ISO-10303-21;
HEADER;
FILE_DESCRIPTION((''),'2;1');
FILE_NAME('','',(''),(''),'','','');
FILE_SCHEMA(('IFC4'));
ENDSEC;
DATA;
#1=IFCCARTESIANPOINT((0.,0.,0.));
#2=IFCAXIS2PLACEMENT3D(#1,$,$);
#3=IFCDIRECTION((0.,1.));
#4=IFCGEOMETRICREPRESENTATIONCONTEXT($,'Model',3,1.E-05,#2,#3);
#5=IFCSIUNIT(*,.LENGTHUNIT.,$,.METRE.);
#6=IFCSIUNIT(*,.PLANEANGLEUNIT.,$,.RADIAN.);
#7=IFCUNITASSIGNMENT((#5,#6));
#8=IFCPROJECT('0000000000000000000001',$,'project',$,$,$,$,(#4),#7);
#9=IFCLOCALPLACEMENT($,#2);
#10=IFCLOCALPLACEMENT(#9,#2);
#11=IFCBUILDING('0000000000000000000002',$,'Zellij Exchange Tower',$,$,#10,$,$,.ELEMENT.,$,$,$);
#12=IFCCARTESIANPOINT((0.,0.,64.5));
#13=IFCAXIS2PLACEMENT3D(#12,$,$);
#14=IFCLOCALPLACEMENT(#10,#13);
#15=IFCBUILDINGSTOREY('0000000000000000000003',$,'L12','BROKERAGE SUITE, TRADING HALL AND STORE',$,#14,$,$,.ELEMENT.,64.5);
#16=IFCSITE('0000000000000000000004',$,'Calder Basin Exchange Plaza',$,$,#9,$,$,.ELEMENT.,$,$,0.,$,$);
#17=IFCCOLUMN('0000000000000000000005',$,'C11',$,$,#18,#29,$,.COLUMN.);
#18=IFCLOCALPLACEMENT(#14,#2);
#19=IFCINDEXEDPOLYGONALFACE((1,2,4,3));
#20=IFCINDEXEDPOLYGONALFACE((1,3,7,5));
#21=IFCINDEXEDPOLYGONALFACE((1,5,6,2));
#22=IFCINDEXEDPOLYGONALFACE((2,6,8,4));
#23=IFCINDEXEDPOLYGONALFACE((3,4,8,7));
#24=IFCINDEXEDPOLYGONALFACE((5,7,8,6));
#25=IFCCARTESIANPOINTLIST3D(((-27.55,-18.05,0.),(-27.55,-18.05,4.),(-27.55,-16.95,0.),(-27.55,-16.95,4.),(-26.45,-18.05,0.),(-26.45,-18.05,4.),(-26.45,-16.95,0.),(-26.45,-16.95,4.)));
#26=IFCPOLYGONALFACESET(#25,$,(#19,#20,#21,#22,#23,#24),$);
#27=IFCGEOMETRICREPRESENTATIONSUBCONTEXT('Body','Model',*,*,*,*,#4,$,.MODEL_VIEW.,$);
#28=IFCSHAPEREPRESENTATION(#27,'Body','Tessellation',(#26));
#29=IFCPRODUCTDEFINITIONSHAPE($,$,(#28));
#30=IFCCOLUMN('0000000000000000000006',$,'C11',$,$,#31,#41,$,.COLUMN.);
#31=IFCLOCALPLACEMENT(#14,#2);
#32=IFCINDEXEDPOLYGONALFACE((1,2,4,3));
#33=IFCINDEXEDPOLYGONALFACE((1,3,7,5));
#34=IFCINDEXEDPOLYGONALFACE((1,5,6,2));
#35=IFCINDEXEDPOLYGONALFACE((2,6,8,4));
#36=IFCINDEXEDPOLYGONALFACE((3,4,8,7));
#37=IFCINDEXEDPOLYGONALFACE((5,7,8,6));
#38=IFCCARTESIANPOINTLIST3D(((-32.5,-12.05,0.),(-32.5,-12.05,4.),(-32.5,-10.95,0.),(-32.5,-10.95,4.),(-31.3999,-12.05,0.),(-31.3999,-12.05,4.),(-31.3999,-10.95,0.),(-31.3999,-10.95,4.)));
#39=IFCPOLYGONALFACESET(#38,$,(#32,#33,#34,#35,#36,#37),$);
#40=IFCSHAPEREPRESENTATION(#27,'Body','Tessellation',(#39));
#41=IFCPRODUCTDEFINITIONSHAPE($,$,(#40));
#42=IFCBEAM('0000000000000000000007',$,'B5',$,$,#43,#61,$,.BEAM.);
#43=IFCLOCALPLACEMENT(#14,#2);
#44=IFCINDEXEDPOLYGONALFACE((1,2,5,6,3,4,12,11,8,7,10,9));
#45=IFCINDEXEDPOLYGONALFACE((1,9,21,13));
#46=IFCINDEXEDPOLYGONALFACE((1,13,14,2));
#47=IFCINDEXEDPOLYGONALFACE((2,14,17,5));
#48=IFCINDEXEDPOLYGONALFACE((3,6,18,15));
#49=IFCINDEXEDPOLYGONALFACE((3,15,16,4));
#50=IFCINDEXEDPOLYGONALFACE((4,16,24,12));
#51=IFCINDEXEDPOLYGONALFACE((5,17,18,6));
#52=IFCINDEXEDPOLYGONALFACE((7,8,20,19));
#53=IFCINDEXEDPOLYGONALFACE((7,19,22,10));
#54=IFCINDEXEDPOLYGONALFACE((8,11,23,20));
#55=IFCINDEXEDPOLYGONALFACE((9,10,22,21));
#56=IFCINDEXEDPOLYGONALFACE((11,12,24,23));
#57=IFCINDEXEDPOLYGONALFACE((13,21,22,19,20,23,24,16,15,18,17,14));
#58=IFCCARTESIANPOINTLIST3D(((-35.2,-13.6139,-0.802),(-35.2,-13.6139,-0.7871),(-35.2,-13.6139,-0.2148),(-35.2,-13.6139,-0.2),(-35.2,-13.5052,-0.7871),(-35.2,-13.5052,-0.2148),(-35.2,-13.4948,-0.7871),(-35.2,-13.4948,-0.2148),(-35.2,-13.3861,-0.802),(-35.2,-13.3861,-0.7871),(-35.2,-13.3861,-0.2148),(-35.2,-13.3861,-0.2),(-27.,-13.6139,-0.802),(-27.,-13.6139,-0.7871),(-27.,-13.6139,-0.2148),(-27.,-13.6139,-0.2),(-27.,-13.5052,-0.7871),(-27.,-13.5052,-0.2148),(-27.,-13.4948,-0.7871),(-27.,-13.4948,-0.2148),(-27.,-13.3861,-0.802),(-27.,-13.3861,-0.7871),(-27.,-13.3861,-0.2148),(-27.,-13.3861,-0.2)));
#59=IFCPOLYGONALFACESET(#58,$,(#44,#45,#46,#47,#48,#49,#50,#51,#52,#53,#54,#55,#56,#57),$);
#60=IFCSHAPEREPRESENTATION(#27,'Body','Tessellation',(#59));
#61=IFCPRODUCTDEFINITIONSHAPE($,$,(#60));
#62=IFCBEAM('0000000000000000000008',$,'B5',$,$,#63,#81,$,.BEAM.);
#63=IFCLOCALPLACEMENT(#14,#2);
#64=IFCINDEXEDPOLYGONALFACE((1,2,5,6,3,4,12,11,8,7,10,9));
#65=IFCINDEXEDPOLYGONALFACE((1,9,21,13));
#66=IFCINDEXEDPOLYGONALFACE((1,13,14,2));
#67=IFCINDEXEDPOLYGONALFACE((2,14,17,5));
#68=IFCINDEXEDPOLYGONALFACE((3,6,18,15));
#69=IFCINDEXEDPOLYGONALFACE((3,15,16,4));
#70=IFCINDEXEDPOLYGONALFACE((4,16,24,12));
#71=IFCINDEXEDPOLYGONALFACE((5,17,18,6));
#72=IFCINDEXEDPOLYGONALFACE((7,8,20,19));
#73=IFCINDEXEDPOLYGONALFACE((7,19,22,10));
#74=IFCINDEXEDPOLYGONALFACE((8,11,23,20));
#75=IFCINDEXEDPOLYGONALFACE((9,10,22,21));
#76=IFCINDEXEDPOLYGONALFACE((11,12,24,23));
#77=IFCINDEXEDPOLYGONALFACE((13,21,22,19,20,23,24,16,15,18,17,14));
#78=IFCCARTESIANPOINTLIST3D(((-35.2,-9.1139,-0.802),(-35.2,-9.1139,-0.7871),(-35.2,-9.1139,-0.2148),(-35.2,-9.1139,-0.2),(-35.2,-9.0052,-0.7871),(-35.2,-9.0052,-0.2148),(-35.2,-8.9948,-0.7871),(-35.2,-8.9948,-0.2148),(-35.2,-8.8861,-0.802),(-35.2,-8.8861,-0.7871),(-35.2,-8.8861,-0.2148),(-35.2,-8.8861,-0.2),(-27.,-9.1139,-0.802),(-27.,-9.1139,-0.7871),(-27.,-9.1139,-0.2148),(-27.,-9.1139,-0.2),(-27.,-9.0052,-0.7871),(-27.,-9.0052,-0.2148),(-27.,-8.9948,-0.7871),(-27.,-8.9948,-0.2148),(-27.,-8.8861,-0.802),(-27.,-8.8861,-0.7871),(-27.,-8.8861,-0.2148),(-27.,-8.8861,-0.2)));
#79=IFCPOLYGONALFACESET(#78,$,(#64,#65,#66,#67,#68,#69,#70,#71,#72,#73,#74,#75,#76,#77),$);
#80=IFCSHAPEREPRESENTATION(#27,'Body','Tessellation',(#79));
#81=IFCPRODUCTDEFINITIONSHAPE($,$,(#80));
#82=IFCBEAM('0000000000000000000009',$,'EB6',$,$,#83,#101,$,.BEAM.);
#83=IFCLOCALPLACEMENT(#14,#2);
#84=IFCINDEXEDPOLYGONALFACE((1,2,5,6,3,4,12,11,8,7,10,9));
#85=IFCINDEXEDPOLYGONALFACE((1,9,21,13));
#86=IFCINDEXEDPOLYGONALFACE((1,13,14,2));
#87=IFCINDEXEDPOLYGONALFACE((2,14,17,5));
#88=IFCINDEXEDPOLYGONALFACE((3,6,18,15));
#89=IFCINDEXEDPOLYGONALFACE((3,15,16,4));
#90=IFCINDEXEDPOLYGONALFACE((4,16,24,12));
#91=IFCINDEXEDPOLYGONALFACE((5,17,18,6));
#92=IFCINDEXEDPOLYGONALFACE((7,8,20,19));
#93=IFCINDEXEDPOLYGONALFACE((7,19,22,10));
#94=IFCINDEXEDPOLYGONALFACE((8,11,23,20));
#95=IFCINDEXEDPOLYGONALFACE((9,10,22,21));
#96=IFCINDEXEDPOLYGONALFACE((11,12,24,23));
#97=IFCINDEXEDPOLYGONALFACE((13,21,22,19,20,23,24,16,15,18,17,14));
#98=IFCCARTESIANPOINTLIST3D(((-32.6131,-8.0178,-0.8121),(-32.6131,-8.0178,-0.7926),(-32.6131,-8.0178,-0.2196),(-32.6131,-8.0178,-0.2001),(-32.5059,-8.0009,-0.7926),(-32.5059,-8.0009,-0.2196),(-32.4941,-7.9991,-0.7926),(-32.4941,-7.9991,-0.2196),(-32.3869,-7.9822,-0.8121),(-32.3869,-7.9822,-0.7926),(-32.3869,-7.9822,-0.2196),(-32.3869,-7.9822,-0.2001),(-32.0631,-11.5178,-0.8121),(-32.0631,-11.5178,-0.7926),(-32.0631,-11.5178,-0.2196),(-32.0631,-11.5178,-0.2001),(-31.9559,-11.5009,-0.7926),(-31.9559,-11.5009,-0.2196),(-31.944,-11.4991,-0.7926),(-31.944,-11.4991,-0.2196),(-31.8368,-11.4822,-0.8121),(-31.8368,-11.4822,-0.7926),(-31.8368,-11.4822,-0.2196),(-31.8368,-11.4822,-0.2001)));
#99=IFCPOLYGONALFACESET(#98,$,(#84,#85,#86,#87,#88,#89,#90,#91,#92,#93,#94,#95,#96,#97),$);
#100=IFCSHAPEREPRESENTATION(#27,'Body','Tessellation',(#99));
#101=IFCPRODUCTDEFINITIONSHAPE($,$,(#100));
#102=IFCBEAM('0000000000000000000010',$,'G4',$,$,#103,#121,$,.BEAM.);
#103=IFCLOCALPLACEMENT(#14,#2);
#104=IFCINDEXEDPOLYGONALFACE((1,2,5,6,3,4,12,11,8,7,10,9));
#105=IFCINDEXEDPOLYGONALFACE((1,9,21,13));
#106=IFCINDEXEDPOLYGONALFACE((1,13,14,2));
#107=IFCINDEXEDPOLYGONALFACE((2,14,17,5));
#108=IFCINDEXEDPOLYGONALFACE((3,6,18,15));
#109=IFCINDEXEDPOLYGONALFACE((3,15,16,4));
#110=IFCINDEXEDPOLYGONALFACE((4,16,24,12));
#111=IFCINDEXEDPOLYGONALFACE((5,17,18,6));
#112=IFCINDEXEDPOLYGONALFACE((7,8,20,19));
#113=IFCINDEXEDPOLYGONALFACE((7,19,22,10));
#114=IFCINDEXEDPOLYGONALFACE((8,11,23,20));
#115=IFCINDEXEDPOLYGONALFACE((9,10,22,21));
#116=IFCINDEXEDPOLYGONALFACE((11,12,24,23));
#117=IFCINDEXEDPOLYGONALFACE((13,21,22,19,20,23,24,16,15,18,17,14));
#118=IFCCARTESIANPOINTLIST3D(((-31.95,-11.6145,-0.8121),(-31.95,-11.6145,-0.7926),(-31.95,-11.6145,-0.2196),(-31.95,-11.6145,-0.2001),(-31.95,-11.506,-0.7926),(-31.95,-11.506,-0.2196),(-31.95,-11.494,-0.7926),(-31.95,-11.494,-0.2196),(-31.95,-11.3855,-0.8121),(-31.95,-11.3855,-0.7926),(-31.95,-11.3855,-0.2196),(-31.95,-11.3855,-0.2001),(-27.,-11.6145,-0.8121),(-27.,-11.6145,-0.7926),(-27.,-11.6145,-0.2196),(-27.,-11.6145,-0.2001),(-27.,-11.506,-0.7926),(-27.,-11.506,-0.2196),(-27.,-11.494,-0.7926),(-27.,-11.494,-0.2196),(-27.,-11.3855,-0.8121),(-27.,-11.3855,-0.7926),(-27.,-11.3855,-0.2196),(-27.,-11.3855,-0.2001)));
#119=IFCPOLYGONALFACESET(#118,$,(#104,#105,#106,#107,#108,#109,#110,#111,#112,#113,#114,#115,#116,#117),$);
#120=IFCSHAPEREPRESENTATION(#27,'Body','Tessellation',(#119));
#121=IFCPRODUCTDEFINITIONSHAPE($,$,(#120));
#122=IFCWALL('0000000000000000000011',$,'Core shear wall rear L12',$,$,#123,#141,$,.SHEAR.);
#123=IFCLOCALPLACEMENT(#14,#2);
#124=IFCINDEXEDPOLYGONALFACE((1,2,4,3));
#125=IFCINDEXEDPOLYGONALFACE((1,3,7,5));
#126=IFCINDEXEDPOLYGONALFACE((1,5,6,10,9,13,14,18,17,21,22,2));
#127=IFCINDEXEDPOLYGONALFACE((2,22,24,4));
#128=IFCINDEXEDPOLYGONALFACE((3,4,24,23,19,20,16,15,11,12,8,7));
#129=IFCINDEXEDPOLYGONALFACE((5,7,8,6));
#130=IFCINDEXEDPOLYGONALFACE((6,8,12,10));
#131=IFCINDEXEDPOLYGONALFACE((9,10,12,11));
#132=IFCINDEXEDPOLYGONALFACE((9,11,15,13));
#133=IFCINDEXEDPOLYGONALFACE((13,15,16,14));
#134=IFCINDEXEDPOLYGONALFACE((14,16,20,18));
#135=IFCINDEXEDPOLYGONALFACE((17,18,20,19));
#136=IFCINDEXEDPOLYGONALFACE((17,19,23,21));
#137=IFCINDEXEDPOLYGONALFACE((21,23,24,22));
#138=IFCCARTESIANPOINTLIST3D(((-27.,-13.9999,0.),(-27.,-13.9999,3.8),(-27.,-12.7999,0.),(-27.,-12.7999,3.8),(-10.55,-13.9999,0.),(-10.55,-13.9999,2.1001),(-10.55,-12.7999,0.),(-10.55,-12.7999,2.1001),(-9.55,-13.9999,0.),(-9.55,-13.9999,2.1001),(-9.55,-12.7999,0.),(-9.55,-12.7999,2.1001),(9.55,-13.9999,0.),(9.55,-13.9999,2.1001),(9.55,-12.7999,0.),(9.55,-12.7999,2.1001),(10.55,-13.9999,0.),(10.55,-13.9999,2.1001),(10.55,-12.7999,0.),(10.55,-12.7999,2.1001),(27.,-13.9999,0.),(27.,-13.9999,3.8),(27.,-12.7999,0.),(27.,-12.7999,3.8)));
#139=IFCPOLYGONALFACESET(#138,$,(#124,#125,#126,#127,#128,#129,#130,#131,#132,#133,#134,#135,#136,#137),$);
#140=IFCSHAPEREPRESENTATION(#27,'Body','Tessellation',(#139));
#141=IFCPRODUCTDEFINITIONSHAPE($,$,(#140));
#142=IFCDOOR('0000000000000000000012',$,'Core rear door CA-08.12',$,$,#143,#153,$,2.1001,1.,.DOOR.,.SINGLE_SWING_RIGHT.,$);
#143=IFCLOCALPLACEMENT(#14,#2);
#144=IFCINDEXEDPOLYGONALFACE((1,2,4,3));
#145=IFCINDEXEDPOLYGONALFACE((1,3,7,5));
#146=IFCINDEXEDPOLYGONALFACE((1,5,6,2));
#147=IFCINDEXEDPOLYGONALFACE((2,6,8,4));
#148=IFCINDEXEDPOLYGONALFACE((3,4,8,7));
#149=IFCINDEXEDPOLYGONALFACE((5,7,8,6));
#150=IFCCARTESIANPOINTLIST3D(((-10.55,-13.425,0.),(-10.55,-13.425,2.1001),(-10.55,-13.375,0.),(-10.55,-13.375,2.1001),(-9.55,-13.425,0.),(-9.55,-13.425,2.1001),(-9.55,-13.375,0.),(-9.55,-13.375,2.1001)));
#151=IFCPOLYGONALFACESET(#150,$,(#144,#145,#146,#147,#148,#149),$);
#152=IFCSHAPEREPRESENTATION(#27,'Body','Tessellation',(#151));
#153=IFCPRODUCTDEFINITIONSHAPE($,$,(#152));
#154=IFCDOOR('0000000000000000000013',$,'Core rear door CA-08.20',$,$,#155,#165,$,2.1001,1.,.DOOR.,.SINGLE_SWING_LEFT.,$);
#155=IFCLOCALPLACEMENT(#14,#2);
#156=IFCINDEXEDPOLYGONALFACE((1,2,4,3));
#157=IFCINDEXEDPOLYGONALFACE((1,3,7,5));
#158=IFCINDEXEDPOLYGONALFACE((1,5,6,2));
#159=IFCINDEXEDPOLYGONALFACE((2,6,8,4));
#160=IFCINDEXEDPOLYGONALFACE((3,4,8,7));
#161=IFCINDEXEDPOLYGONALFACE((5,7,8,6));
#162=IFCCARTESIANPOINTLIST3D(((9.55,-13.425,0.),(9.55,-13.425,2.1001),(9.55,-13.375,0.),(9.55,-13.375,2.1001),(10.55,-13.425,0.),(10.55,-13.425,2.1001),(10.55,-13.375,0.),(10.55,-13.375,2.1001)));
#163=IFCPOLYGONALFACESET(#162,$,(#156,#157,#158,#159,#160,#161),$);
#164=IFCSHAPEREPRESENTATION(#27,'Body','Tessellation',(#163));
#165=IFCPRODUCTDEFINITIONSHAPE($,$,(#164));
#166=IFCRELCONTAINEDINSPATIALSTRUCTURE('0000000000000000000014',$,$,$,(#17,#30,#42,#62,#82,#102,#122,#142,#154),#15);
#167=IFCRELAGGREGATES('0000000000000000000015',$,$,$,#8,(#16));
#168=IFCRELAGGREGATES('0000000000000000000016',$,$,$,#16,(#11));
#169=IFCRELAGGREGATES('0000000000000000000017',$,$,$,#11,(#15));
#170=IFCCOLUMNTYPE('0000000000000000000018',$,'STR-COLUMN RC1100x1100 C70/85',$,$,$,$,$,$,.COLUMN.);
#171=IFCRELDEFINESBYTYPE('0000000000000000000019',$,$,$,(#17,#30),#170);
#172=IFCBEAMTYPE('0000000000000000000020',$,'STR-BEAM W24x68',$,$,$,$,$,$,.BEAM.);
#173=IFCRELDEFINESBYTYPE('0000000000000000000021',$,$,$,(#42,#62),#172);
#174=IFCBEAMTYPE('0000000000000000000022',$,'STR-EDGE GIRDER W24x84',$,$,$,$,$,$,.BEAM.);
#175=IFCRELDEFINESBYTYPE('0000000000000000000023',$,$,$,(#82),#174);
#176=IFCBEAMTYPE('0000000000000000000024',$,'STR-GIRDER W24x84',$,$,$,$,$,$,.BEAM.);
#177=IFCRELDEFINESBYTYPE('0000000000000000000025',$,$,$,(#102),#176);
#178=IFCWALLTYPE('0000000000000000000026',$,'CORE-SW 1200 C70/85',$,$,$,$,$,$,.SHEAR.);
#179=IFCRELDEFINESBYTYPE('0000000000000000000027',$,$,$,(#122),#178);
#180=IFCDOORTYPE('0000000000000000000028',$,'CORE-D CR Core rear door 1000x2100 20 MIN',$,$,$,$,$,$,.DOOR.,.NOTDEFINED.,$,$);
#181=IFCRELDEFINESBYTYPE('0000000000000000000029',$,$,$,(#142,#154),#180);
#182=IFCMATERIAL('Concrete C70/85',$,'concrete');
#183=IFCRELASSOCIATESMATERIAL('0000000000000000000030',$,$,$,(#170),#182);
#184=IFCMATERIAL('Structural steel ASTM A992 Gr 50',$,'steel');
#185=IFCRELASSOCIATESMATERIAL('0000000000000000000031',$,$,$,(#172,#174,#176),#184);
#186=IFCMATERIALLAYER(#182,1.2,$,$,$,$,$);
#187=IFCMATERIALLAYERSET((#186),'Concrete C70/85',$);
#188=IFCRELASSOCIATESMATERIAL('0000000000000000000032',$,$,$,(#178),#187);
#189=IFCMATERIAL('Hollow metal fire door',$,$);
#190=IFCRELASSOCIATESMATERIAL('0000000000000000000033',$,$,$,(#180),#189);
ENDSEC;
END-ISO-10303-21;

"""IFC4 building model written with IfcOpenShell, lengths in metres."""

from ifc_helpers import new_model, si_unit, direction, frame, frame_2d, origin, origin_2d, place, context, subcontext, project, spatial, rectangle, i_section, extrude, material, layer, layer_set, material_profile, profile_set, type_object, element, fill, save


model = new_model("IFC4")

# Units and contexts
model_context = context("Model", 3, precision=1e-05, world=origin(), true_north=direction((0.0, 1.0)))
body_context = subcontext(model_context, "Body", "Model", "MODEL_VIEW")
ifc_project = project(units=[si_unit("LENGTHUNIT", "METRE"), si_unit("PLANEANGLEUNIT", "RADIAN")], contexts=[model_context])

# Site, building, storey
site_placement = place(None, origin())
site = spatial("IfcSite", under=ifc_project, at=site_placement, Name="Calder Basin Exchange Plaza", CompositionType="ELEMENT", RefElevation=0.0)
building_placement = place(site_placement, origin())
building = spatial("IfcBuilding", under=site, at=building_placement, Name="Zellij Exchange Tower", CompositionType="ELEMENT")
storey_placement = place(building_placement, frame((0.0, 0.0, 64.5)))
storey = spatial("IfcBuildingStorey", under=building, at=storey_placement, Name="L12", Description="BROKERAGE SUITE, TRADING HALL AND STORE", CompositionType="ELEMENT", Elevation=64.5)

# Columns
ifc_material_1 = material(Name="Concrete C70/85", Category="concrete")
ifc_material_profile_1 = material_profile(ifc_material_1, rectangle(XDim=1.1001, YDim=1.1001, at=origin_2d()), Name="STR-COLUMN RC1100x1100 C70/85")
ifc_profile_set_1 = profile_set([ifc_material_profile_1], Name="Concrete C70/85")
column_type = type_object("IfcColumnType", Name="STR-COLUMN RC1100x1100 C70/85", PredefinedType="COLUMN", material=ifc_profile_set_1)
for number, where, z_axis, x_axis, name in (
    (1, (-27.0, -17.5, 0.0), (0.0, 0.0, 1.0), (1.0, 0.0, 0.0), "C11"),
    (2, (-31.95, -11.5, 0.0), (0.0, 0.0, 1.0), (1.0, 0.0, 0.0), "C11"),
):
    element("IfcColumn", number, at=place(storey_placement, frame(where, z_axis=z_axis, x_axis=x_axis)), inside=storey, type_object=column_type, Name=name, PredefinedType="COLUMN", context=body_context, shape_type="SweptSolid", body=[
        extrude(rectangle(XDim=1.1001, YDim=1.1001, at=origin_2d()), origin(), (0.0, 0.0, 1.0), 4.0),
    ])

# Beams
ifc_material_2 = material(Name="Structural steel ASTM A992 Gr 50", Category="steel")
ifc_material_profile_2 = material_profile(ifc_material_2, i_section(OverallWidth=0.2278, OverallDepth=0.6021, WebThickness=0.0105, FlangeThickness=0.0149, at=origin_2d()), Name="W24x68")
ifc_profile_set_2 = profile_set([ifc_material_profile_2], Name="Structural steel ASTM A992 Gr 50")
beam_type_1 = type_object("IfcBeamType", Name="STR-BEAM W24x68", PredefinedType="BEAM", material=ifc_profile_set_2)
for number, where, z_axis, x_axis, name in (
    (3, (-35.2, -13.5, -0.501), (1.0, 0.0, 0.0), (0.0, 1.0, 0.0), "B5"),
    (4, (-35.2, -9.0, -0.501), (1.0, 0.0, 0.0), (0.0, 1.0, 0.0), "B5"),
):
    element("IfcBeam", number, at=place(storey_placement, frame(where, z_axis=z_axis, x_axis=x_axis)), inside=storey, type_object=beam_type_1, Name=name, PredefinedType="BEAM", context=body_context, shape_type="SweptSolid", body=[
        extrude(i_section(OverallWidth=0.2278, OverallDepth=0.6021, WebThickness=0.0105, FlangeThickness=0.0149, at=origin_2d()), origin(), (0.0, 0.0, 1.0), 8.2),
    ])
ifc_material_profile_3 = material_profile(ifc_material_2, i_section(OverallWidth=0.229, OverallDepth=0.6121, WebThickness=0.012, FlangeThickness=0.0195, at=origin_2d()), Name="W24x84")
ifc_profile_set_3 = profile_set([ifc_material_profile_3], Name="Structural steel ASTM A992 Gr 50")
beam_type_2 = type_object("IfcBeamType", Name="STR-EDGE GIRDER W24x84", PredefinedType="BEAM", material=ifc_profile_set_3)
beam_1_placement = place(storey_placement, frame((-31.95, -11.5, -0.5061), z_axis=(-0.155251, 0.987875, 0.0), x_axis=(-0.987875, -0.155251, 0.0)))
element("IfcBeam", 5, at=beam_1_placement, inside=storey, type_object=beam_type_2, Name="EB6", PredefinedType="BEAM", context=body_context, shape_type="SweptSolid", body=[
    extrude(i_section(OverallWidth=0.229, OverallDepth=0.6121, WebThickness=0.012, FlangeThickness=0.0195, at=origin_2d()), origin(), (0.0, 0.0, 1.0), 3.543),
])
ifc_material_profile_4 = material_profile(ifc_material_2, i_section(OverallWidth=0.229, OverallDepth=0.6121, WebThickness=0.012, FlangeThickness=0.0195, at=origin_2d()), Name="W24x84")
ifc_profile_set_4 = profile_set([ifc_material_profile_4], Name="Structural steel ASTM A992 Gr 50")
beam_type_3 = type_object("IfcBeamType", Name="STR-GIRDER W24x84", PredefinedType="BEAM", material=ifc_profile_set_4)
beam_2_placement = place(storey_placement, frame((-31.95, -11.5, -0.5061), z_axis=(1.0, 0.0, 0.0), x_axis=(0.0, 1.0, 0.0)))
element("IfcBeam", 6, at=beam_2_placement, inside=storey, type_object=beam_type_3, Name="G4", PredefinedType="BEAM", context=body_context, shape_type="SweptSolid", body=[
    extrude(i_section(OverallWidth=0.229, OverallDepth=0.6121, WebThickness=0.012, FlangeThickness=0.0195, at=origin_2d()), origin(), (0.0, 0.0, 1.0), 4.95),
])

# Wall, openings, doors
ifc_layer_1 = layer(ifc_material_1, 1.2)
ifc_layer_set_1 = layer_set([ifc_layer_1], Name="Concrete C70/85")
wall_type_1 = type_object("IfcWallType", Name="CORE-SW 1200 C70/85", PredefinedType="SHEAR", material=ifc_layer_set_1)
wall_1_placement = place(storey_placement, frame((-27.0, -13.3999, 0.0), z_axis=(0.0, 0.0, 1.0), x_axis=(1.0, 0.0, 0.0)))
wall_1 = element("IfcWall", 7, at=wall_1_placement, inside=storey, type_object=wall_type_1, Name="Core shear wall rear L12", PredefinedType="SHEAR", context=body_context, shape_type="SweptSolid", body=[
    extrude(rectangle(XDim=54.0, YDim=1.2, at=frame_2d((27.0, 0.0))), origin(), (0.0, 0.0, 1.0), 3.8),
])
opening_1_placement = place(wall_1_placement, frame((16.45, 0.0, 0.0)))
opening_1 = element("IfcOpeningElement", 8, at=opening_1_placement, cuts=wall_1, PredefinedType="OPENING", context=body_context, shape_type="SweptSolid", body=[
    extrude(rectangle(XDim=1.0, YDim=2.1001, at=frame_2d((0.5, 1.05))), frame((0.0, 0.6118, 0.0), z_axis=(0.0, -1.0, 0.0), x_axis=(1.0, 0.0, 0.0)), (0.0, 0.0, 1.0), 1.2239),
])
opening_2_placement = place(wall_1_placement, frame((36.55, 0.0, 0.0)))
opening_2 = element("IfcOpeningElement", 9, at=opening_2_placement, cuts=wall_1, PredefinedType="OPENING", context=body_context, shape_type="SweptSolid", body=[
    extrude(rectangle(XDim=1.0, YDim=2.1001, at=frame_2d((0.5, 1.05))), frame((0.0, 0.6118, 0.0), z_axis=(0.0, -1.0, 0.0), x_axis=(1.0, 0.0, 0.0)), (0.0, 0.0, 1.0), 1.2239),
])
ifc_material_3 = material(Name="Hollow metal fire door")
door_type_1 = type_object("IfcDoorType", Name="CORE-D CR Core rear door 1000x2100 20 MIN", OperationType="NOTDEFINED", PredefinedType="DOOR", material=ifc_material_3)
door_1_placement = place(opening_1_placement, origin())
door_1 = element("IfcDoor", 10, at=door_1_placement, inside=storey, type_object=door_type_1, Name="Core rear door CA-08.12", OperationType="SINGLE_SWING_RIGHT", OverallHeight=2.1001, OverallWidth=1.0, PredefinedType="DOOR", context=body_context, shape_type="SweptSolid", body=[
    extrude(rectangle(XDim=1.0, YDim=2.1001, at=frame_2d((0.5, 1.05))), frame((0.0, 0.0249, 0.0), z_axis=(0.0, -1.0, 0.0), x_axis=(1.0, 0.0, 0.0)), (0.0, 0.0, 1.0), 0.05),
])
fill(opening_1, door_1)
door_2_placement = place(opening_2_placement, origin())
door_2 = element("IfcDoor", 11, at=door_2_placement, inside=storey, type_object=door_type_1, Name="Core rear door CA-08.20", OperationType="SINGLE_SWING_LEFT", OverallHeight=2.1001, OverallWidth=1.0, PredefinedType="DOOR", context=body_context, shape_type="SweptSolid", body=[
    extrude(rectangle(XDim=1.0, YDim=2.1001, at=frame_2d((0.5, 1.05))), frame((0.0, 0.0249, 0.0), z_axis=(0.0, -1.0, 0.0), x_axis=(1.0, 0.0, 0.0)), (0.0, 0.0, 1.0), 0.05),
])
fill(opening_2, door_2)

save(model, "model.ifc")
